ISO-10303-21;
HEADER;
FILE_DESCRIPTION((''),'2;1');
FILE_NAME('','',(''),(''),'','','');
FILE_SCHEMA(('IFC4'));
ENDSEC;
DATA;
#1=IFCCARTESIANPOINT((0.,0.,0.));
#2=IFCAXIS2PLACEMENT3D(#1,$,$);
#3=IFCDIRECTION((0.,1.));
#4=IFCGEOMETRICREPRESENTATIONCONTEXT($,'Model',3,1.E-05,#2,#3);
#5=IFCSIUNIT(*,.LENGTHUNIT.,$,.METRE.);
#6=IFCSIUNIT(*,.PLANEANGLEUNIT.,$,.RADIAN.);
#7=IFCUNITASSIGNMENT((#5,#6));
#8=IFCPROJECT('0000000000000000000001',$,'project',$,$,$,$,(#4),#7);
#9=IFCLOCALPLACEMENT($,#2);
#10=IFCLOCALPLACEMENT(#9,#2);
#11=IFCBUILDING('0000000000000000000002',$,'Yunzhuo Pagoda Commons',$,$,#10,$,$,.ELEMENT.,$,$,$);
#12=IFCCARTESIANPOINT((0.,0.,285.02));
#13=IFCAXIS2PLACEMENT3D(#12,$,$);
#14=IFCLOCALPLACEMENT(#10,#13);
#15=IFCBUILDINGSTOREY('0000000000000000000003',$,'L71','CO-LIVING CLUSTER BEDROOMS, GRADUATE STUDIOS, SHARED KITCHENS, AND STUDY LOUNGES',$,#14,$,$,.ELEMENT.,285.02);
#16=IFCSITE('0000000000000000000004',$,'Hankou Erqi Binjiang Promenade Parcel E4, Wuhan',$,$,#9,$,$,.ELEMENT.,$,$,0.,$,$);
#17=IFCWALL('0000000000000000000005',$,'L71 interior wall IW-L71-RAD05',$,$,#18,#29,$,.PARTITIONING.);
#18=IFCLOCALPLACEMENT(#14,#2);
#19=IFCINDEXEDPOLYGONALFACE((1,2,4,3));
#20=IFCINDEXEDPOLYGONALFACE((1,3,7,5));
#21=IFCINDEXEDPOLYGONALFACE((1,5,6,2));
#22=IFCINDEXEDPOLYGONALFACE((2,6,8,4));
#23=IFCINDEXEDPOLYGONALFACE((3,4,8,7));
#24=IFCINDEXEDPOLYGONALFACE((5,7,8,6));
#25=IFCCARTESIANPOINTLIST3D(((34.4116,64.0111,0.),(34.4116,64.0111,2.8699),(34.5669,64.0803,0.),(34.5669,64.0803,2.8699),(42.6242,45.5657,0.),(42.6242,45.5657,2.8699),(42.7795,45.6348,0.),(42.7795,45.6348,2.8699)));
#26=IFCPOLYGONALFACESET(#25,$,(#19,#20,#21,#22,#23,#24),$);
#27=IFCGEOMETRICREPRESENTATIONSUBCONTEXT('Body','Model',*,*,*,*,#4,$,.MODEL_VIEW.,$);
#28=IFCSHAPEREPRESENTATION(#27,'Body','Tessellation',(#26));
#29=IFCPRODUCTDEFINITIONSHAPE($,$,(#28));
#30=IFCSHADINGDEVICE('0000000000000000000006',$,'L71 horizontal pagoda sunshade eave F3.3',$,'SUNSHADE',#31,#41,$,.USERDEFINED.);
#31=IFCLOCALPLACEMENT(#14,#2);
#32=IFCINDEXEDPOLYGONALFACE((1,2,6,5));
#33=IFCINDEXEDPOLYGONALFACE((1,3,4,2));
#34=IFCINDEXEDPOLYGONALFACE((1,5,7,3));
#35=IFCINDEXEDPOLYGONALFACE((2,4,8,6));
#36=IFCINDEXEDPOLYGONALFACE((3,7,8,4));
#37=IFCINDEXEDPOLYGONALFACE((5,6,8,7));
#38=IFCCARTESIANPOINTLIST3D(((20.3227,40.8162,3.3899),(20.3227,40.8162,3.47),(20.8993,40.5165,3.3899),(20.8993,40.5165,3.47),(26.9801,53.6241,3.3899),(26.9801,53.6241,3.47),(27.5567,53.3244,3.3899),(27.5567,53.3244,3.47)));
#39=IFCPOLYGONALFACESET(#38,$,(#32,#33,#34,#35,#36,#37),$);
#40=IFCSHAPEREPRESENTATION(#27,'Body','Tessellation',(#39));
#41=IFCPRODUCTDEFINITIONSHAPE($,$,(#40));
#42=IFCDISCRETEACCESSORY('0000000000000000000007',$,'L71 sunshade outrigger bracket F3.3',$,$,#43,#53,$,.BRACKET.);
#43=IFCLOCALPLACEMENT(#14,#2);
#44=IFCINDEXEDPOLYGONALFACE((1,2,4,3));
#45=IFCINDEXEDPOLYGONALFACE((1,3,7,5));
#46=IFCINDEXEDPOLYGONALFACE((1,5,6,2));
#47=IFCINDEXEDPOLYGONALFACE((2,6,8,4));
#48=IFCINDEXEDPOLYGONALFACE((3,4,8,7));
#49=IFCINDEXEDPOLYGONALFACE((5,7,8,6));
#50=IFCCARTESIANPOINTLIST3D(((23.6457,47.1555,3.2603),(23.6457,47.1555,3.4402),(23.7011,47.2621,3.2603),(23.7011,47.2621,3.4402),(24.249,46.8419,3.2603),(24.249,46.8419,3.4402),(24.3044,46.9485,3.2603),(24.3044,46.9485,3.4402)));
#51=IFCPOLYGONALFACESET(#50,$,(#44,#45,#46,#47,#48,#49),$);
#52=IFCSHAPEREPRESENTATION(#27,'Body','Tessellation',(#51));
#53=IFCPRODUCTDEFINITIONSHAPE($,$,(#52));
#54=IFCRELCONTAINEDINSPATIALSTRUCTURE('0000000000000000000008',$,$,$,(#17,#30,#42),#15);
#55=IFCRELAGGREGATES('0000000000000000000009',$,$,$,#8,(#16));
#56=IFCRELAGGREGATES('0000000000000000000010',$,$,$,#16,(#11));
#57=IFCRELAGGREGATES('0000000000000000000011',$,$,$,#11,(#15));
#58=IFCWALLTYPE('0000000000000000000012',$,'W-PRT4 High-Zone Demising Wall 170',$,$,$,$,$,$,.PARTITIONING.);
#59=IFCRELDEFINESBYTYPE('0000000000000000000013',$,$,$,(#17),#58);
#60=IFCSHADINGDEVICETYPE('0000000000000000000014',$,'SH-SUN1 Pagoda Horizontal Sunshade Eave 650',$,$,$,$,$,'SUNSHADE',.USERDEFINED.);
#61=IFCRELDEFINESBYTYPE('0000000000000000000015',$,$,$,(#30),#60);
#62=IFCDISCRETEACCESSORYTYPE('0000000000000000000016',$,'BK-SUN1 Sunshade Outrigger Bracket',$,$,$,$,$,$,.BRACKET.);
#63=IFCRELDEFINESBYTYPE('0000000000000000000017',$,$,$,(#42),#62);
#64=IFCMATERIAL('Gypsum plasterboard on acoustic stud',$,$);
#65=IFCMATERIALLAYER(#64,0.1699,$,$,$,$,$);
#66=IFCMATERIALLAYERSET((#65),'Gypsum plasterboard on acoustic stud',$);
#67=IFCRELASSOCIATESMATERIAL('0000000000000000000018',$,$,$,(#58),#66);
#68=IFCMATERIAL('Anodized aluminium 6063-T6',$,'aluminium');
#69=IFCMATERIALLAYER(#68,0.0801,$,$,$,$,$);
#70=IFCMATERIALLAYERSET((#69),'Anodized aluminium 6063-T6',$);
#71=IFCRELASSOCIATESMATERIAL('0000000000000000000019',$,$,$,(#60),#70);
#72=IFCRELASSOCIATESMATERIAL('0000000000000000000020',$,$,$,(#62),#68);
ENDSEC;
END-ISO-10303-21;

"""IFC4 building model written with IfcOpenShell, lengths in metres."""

from ifc_helpers import new_model, si_unit, direction, frame, frame_2d, origin, origin_2d, place, context, subcontext, project, spatial, rectangle, extrude, source, transform, mapped, material, layer, layer_set, type_object, element, save


model = new_model("IFC4")

# Units and contexts
model_context = context("Model", 3, precision=1e-05, world=origin(), true_north=direction((0.0, 1.0)))
body_context = subcontext(model_context, "Body", "Model", "MODEL_VIEW")
ifc_project = project(units=[si_unit("LENGTHUNIT", "METRE"), si_unit("PLANEANGLEUNIT", "RADIAN")], contexts=[model_context])

# Site, building, storey
site_placement = place(None, origin())
site = spatial("IfcSite", under=ifc_project, at=site_placement, Name="Hankou Erqi Binjiang Promenade Parcel E4, Wuhan", CompositionType="ELEMENT", RefElevation=0.0)
building_placement = place(site_placement, origin())
building = spatial("IfcBuilding", under=site, at=building_placement, Name="Yunzhuo Pagoda Commons", CompositionType="ELEMENT")
storey_placement = place(building_placement, frame((0.0, 0.0, 285.02)))
storey = spatial("IfcBuildingStorey", under=building, at=storey_placement, Name="L71", Description="CO-LIVING CLUSTER BEDROOMS, GRADUATE STUDIOS, SHARED KITCHENS, AND STUDY LOUNGES", CompositionType="ELEMENT", Elevation=285.02)

# Shared definitions
ifc_material_1 = material(Name="Anodized aluminium 6063-T6", Category="aluminium")

# Wall
ifc_material_2 = material(Name="Gypsum plasterboard on acoustic stud")
ifc_layer_1 = layer(ifc_material_2, 0.1699)
ifc_layer_set_1 = layer_set([ifc_layer_1], Name="Gypsum plasterboard on acoustic stud")
wall_type_1 = type_object("IfcWallType", Name="W-PRT4 High-Zone Demising Wall 170", PredefinedType="PARTITIONING", material=ifc_layer_set_1)
wall_1_placement = place(storey_placement, frame((42.7019, 45.6001, 0.0), z_axis=(0.0, 0.0, 1.0), x_axis=(-0.406743, 0.913543, 0.0)))
element("IfcWall", 1, at=wall_1_placement, inside=storey, type_object=wall_type_1, Name="L71 interior wall IW-L71-RAD05", PredefinedType="PARTITIONING", context=body_context, shape_type="SweptSolid", body=[
    extrude(rectangle(XDim=20.1912, YDim=0.1699, at=frame_2d((10.0957, 0.0))), origin(), (0.0, 0.0, 1.0), 2.8699),
])

# Shading device
ifc_layer_2 = layer(ifc_material_1, 0.0801)
ifc_layer_set_2 = layer_set([ifc_layer_2], Name="Anodized aluminium 6063-T6")
shading_device_type = type_object("IfcShadingDeviceType", Name="SH-SUN1 Pagoda Horizontal Sunshade Eave 650", ElementType="SUNSHADE", PredefinedType="USERDEFINED", material=ifc_layer_set_2)
shared_shape_1 = source(origin(), body_context, "Body", "SweptSolid", [
    extrude(rectangle(XDim=14.4348, YDim=0.6499, at=origin_2d()), origin(), (0.0, 0.0, 1.0), 0.0801),
])
shading_device_placement = place(storey_placement, frame((23.9397, 47.0703, 3.3899), z_axis=(0.0, 0.0, 1.0), x_axis=(-0.461207, -0.887293, 0.0)))
element("IfcShadingDevice", 2, at=shading_device_placement, inside=storey, type_object=shading_device_type, Name="L71 horizontal pagoda sunshade eave F3.3", ObjectType="SUNSHADE", PredefinedType="USERDEFINED", context=body_context, shape_type="MappedRepresentation", body=[
    mapped(shared_shape_1, transform((0.0, 0.0, 0.0), scale=1.0)),
])

# Discrete accessory
discrete_accessory_type = type_object("IfcDiscreteAccessoryType", Name="BK-SUN1 Sunshade Outrigger Bracket", PredefinedType="BRACKET", material=ifc_material_1)
shared_shape_2 = source(origin(), body_context, "Body", "SweptSolid", [
    extrude(rectangle(XDim=0.1201, YDim=0.6799, at=origin_2d()), origin(), (0.0, 0.0, 1.0), 0.1799),
])
discrete_accessory_placement = place(storey_placement, frame((23.9751, 47.052, 3.2603), z_axis=(0.0, 0.0, 1.0), x_axis=(-0.461207, -0.887293, 0.0)))
element("IfcDiscreteAccessory", 3, at=discrete_accessory_placement, inside=storey, type_object=discrete_accessory_type, Name="L71 sunshade outrigger bracket F3.3", PredefinedType="BRACKET", context=body_context, shape_type="MappedRepresentation", body=[
    mapped(shared_shape_2, transform((0.0, 0.0, 0.0), scale=1.0)),
])

save(model, "model.ifc")
